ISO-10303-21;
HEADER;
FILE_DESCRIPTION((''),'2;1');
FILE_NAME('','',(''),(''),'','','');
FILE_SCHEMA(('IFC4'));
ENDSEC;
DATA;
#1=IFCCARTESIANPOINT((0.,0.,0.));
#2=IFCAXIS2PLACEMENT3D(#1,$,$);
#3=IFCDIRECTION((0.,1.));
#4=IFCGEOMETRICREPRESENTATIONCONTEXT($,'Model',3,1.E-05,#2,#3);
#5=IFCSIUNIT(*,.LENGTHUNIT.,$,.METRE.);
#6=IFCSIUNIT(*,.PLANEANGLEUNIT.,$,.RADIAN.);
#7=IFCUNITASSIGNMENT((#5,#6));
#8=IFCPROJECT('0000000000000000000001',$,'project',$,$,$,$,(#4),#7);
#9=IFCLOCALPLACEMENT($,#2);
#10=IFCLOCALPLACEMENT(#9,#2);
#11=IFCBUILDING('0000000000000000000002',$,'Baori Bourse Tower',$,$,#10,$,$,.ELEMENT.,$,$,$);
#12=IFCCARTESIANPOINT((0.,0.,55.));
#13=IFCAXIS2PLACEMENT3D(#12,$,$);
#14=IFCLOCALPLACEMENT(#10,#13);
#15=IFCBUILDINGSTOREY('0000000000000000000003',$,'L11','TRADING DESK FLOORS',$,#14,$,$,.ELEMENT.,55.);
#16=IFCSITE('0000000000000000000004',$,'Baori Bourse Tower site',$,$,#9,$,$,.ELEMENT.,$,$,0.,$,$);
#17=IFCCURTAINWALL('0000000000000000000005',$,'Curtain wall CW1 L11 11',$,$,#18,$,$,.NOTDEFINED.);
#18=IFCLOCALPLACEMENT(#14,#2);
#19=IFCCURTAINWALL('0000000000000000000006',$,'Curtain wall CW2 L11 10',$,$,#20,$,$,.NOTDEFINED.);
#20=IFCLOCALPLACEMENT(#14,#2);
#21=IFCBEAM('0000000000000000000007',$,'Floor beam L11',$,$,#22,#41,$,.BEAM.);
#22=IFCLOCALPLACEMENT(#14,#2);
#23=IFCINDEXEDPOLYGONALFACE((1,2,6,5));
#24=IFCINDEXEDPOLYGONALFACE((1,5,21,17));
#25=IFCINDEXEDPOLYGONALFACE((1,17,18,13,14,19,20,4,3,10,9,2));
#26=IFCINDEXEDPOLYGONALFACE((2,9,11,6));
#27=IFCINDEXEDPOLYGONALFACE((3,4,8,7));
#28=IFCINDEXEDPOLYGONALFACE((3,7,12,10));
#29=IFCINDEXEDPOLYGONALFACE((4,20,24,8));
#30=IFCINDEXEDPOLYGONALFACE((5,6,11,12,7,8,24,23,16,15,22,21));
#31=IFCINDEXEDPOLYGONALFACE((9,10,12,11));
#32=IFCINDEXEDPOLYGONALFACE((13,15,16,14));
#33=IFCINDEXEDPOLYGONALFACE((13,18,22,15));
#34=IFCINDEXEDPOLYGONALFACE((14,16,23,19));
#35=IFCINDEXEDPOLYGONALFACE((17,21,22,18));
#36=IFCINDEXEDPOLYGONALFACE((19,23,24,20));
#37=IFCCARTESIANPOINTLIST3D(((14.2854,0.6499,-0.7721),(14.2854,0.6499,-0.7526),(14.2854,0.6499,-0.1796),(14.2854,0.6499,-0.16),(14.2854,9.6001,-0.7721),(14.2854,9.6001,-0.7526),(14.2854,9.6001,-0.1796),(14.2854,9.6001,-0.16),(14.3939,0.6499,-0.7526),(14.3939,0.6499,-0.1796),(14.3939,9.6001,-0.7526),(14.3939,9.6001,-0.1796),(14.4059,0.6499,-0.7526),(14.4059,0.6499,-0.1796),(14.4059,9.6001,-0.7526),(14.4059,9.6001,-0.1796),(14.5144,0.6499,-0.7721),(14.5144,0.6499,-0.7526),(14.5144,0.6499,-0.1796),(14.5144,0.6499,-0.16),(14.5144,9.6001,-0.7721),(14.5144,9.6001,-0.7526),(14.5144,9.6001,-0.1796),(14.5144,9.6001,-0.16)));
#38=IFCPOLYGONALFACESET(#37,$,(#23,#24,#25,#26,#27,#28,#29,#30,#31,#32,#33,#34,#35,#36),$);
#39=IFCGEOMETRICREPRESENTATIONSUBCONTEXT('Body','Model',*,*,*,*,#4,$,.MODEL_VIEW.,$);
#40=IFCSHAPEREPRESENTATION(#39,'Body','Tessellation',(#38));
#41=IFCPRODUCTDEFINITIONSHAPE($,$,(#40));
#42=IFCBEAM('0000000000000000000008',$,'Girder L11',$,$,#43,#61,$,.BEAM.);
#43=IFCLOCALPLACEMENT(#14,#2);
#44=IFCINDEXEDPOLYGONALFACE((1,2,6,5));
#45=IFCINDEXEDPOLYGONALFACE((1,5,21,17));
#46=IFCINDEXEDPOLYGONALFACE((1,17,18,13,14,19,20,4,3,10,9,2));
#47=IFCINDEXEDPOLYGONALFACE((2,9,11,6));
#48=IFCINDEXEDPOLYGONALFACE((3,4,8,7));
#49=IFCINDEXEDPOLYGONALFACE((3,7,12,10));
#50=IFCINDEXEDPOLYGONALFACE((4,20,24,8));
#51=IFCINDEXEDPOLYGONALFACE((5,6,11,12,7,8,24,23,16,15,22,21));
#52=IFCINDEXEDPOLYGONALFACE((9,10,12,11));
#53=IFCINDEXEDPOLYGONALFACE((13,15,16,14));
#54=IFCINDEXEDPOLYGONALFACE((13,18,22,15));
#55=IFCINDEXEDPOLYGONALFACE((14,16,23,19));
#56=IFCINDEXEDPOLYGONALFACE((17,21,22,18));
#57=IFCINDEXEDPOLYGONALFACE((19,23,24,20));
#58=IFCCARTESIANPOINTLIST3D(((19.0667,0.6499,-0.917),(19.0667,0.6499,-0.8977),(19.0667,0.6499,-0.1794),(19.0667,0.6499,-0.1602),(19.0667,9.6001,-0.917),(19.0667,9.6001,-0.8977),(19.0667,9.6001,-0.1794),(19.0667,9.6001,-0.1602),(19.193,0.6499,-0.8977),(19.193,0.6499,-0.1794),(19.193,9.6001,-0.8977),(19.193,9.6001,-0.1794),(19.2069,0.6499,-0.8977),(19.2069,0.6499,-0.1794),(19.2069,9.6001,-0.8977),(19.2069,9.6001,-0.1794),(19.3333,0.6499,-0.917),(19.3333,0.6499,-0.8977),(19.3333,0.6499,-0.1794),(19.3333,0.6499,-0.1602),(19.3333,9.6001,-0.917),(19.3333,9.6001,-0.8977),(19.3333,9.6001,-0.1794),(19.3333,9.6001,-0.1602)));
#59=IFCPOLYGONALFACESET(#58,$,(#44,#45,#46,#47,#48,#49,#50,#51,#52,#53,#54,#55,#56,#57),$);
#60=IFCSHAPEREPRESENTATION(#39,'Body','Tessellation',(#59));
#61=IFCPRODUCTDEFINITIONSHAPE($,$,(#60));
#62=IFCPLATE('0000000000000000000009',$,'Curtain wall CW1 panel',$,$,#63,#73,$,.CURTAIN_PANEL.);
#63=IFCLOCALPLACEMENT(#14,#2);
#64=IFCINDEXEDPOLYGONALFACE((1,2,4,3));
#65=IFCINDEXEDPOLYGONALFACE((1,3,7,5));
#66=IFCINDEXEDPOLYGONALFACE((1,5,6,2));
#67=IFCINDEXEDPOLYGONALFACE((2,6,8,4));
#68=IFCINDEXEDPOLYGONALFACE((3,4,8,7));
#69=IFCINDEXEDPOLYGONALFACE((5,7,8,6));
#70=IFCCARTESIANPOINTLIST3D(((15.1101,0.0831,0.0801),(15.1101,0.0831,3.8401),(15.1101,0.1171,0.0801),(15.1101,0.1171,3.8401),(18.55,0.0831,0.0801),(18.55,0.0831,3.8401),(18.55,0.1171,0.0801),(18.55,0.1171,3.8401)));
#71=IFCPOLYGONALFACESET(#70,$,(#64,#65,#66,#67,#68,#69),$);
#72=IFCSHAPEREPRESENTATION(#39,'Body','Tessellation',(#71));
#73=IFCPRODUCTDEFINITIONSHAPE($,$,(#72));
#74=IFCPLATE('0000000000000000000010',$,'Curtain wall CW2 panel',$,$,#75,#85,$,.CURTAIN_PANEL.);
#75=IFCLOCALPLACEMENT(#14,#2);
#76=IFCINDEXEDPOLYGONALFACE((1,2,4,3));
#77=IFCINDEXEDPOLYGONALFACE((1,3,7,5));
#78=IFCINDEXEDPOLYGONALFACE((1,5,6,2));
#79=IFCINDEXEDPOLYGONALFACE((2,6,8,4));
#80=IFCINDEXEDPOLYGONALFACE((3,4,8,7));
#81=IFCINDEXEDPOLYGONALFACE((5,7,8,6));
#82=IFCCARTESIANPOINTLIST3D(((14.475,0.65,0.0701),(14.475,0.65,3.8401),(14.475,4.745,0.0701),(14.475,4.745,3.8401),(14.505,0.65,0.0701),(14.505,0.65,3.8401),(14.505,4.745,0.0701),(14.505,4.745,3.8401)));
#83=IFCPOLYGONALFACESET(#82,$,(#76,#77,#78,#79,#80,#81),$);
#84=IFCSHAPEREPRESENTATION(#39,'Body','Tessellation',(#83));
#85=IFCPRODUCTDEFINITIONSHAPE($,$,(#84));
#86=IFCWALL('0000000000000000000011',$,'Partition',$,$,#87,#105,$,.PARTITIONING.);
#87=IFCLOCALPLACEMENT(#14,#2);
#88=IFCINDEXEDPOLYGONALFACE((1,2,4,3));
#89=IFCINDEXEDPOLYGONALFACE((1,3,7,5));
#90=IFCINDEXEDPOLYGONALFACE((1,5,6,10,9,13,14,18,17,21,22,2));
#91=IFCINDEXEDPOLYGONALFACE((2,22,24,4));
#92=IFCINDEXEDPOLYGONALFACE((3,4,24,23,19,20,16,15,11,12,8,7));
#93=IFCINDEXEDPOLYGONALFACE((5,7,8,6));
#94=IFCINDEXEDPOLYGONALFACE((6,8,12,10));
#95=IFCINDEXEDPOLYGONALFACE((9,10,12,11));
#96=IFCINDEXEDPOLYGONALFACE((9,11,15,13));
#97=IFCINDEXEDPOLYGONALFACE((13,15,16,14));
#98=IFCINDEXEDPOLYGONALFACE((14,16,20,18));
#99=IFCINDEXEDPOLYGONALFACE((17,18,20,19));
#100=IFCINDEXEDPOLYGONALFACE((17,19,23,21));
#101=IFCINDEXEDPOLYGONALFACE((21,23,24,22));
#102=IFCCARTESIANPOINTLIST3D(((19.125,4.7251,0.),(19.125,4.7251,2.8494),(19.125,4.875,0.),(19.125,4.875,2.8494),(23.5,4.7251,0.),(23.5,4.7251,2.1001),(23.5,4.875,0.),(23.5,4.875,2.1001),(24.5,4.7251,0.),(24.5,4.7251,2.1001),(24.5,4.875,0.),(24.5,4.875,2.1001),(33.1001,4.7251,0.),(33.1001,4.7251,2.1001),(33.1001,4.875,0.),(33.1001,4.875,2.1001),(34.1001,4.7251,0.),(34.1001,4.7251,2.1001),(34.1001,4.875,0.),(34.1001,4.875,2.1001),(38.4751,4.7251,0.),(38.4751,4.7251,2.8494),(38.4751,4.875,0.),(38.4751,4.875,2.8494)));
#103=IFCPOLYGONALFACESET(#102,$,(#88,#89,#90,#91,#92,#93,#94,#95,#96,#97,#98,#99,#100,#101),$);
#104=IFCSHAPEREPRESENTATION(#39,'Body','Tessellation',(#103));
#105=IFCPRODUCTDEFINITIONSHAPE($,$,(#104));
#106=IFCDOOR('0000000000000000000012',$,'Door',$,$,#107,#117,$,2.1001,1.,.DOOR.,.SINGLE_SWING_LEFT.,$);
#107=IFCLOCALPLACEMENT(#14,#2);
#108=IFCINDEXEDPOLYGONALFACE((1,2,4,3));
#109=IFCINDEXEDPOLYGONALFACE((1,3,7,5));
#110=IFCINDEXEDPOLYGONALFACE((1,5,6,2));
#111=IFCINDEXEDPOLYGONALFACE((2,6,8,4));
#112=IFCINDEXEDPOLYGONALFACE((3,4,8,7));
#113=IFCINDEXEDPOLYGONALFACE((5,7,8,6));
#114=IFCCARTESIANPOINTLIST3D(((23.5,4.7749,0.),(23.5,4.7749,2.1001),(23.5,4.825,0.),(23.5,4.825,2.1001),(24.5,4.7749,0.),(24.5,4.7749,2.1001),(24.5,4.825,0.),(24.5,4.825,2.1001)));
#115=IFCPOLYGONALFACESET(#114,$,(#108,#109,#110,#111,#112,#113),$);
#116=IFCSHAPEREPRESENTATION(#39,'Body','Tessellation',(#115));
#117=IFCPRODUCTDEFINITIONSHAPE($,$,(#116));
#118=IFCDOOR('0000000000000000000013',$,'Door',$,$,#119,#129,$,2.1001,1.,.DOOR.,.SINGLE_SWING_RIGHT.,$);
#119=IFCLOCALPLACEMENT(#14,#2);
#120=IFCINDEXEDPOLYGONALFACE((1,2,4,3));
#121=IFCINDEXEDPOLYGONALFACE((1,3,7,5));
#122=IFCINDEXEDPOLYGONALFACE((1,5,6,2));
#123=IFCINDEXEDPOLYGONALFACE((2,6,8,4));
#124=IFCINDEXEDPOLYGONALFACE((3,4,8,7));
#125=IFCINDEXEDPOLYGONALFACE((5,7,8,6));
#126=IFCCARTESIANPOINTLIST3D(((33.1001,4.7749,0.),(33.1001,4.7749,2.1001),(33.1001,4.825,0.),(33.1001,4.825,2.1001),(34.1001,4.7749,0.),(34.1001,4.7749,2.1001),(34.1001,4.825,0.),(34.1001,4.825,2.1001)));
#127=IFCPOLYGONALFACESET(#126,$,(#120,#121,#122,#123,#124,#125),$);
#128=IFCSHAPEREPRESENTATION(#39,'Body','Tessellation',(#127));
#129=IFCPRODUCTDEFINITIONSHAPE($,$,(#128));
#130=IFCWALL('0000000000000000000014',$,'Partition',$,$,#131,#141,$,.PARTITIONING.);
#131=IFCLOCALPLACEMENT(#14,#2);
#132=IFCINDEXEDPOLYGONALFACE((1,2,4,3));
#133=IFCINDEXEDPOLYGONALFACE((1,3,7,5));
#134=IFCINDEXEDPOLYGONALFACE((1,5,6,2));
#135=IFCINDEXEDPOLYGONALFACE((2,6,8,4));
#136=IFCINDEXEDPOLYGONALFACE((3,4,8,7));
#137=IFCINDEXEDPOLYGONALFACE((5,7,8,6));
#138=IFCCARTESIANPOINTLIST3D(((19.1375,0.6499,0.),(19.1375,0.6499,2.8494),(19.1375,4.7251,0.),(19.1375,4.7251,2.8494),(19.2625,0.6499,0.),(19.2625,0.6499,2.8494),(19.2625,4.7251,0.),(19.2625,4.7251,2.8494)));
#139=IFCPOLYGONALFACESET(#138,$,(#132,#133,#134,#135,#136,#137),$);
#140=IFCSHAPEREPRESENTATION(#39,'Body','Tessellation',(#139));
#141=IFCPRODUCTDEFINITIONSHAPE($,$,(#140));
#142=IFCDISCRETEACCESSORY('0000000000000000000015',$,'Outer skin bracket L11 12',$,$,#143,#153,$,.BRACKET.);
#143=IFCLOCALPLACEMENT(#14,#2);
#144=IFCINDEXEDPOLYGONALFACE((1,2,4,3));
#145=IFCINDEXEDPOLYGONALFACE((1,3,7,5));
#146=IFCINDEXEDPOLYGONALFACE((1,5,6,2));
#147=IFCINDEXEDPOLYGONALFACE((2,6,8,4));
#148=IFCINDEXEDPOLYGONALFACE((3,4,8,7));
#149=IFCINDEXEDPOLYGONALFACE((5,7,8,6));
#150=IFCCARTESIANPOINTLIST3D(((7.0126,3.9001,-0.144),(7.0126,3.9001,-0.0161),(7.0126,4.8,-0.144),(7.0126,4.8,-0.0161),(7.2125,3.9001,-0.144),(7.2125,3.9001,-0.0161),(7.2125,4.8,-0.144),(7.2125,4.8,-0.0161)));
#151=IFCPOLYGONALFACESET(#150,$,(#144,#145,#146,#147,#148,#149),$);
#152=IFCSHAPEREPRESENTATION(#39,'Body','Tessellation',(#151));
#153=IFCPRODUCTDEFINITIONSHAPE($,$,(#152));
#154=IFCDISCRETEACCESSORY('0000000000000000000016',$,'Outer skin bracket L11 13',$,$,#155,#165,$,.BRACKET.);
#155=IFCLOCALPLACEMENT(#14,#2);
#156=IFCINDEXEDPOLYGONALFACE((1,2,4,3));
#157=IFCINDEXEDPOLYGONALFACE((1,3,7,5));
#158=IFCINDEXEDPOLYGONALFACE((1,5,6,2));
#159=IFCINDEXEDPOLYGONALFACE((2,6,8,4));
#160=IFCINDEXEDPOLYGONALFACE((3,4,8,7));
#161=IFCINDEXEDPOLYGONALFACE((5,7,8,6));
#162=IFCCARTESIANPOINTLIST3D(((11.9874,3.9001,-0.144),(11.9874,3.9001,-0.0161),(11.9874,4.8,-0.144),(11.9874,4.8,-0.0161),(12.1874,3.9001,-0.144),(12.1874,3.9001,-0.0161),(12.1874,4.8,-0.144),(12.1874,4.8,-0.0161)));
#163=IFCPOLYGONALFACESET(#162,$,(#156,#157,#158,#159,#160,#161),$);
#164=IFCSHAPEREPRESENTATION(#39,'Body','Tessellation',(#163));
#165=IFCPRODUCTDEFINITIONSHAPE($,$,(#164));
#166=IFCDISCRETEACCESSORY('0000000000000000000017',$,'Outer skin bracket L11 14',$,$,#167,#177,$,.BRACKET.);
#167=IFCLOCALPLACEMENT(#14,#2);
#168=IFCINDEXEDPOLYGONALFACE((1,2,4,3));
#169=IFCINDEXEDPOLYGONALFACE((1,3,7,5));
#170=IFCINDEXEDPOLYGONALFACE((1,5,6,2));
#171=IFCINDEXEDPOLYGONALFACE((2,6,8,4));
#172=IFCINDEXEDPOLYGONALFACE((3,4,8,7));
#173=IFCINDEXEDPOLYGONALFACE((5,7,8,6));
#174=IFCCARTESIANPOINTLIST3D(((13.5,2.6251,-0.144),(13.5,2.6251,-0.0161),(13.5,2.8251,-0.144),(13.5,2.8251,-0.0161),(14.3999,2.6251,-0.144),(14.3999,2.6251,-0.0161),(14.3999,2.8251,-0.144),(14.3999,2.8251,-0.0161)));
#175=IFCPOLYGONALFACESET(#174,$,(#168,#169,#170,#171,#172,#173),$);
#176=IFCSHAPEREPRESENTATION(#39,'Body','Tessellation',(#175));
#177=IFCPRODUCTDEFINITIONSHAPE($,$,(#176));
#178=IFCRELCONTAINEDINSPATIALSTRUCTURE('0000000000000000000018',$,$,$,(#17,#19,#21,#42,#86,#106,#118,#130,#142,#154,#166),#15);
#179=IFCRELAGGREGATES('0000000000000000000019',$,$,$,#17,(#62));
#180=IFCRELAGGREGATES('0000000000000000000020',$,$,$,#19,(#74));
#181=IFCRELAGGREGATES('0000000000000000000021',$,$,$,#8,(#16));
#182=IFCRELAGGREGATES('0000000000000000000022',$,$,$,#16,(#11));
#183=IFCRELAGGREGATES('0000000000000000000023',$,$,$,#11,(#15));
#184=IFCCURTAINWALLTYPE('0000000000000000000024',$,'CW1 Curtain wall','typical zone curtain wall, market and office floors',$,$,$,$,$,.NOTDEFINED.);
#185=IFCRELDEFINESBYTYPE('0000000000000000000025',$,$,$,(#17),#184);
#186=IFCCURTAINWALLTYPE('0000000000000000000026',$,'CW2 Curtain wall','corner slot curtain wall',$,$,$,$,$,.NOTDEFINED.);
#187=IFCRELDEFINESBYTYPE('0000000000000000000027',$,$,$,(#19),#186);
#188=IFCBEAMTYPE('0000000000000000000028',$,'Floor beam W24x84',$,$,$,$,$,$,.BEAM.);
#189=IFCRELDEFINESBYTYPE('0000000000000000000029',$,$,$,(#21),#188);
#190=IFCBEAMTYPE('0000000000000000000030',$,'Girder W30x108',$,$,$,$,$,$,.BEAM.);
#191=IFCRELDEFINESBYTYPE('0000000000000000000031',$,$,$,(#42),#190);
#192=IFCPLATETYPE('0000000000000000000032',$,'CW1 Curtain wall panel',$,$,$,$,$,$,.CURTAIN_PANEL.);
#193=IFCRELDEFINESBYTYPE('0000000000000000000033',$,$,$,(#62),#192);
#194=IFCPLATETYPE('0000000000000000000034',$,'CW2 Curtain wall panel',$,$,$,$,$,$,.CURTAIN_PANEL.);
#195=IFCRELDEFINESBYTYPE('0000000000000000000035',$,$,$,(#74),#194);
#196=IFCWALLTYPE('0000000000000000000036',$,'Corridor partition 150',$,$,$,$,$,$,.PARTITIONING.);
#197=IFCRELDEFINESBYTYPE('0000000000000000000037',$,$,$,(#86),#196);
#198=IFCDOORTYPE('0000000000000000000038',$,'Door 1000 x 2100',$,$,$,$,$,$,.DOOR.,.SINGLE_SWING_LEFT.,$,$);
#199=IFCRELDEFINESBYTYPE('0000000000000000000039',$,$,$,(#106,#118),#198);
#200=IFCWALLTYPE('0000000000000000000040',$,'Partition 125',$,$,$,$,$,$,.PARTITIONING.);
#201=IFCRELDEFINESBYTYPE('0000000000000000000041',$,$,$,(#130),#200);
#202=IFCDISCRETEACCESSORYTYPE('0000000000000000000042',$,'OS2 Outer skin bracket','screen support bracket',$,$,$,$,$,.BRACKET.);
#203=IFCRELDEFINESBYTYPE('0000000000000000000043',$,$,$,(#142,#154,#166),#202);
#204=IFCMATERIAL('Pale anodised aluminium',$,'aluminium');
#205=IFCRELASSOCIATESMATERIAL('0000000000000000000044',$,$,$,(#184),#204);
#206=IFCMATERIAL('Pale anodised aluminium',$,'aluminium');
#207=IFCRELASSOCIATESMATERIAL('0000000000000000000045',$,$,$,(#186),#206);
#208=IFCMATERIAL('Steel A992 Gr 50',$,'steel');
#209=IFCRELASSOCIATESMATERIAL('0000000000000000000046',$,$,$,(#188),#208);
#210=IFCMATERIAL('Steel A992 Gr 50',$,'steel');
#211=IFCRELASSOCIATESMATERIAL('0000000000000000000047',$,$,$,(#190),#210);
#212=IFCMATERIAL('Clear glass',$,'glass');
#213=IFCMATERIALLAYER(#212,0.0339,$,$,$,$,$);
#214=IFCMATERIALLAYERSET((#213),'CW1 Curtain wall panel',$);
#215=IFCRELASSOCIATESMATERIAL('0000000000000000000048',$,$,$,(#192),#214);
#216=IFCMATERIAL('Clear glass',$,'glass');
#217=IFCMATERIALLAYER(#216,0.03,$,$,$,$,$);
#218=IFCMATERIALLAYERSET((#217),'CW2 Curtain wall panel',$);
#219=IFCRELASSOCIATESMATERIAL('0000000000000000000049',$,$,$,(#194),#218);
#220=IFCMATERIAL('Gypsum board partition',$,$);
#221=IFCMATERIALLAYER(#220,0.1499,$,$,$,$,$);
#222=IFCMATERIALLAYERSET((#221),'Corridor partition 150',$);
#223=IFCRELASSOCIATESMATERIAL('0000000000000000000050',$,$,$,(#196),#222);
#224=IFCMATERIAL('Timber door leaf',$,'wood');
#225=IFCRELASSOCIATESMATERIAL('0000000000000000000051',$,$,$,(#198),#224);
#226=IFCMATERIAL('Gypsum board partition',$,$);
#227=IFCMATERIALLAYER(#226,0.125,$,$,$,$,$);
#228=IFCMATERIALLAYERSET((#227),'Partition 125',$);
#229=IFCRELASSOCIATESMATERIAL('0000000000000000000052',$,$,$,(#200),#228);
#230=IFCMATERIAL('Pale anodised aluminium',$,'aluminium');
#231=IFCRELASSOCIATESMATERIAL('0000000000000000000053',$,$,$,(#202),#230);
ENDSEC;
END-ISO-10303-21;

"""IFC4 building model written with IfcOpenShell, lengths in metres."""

from ifc_helpers import new_model, si_unit, direction, frame, frame_2d, origin, origin_2d, place, context, subcontext, project, spatial, rectangle, i_section, extrude, material, layer, layer_set, material_profile, profile_set, type_object, element, fill, aggregate, save


model = new_model("IFC4")

# Units and contexts
model_context = context("Model", 3, precision=1e-05, world=origin(), true_north=direction((0.0, 1.0)))
body_context = subcontext(model_context, "Body", "Model", "MODEL_VIEW")
ifc_project = project(units=[si_unit("LENGTHUNIT", "METRE"), si_unit("PLANEANGLEUNIT", "RADIAN")], contexts=[model_context])

# Site, building, storey
site_placement = place(None, origin())
site = spatial("IfcSite", under=ifc_project, at=site_placement, Name="Baori Bourse Tower site", CompositionType="ELEMENT", RefElevation=0.0)
building_placement = place(site_placement, origin())
building = spatial("IfcBuilding", under=site, at=building_placement, Name="Baori Bourse Tower", CompositionType="ELEMENT")
storey_placement = place(building_placement, frame((0.0, 0.0, 55.0)))
storey = spatial("IfcBuildingStorey", under=building, at=storey_placement, Name="L11", Description="TRADING DESK FLOORS", CompositionType="ELEMENT", Elevation=55.0)

# Curtain walls
ifc_material_1 = material(Name="Pale anodised aluminium", Category="aluminium")
curtain_wall_type_1 = type_object("IfcCurtainWallType", Name="CW1 Curtain wall", Description="typical zone curtain wall, market and office floors", PredefinedType="NOTDEFINED", material=ifc_material_1)
curtain_wall_1_placement = place(storey_placement, origin())
curtain_wall_1 = element("IfcCurtainWall", 1, at=curtain_wall_1_placement, inside=storey, type_object=curtain_wall_type_1, Name="Curtain wall CW1 L11 11", PredefinedType="NOTDEFINED")
ifc_material_2 = material(Name="Pale anodised aluminium", Category="aluminium")
curtain_wall_type_2 = type_object("IfcCurtainWallType", Name="CW2 Curtain wall", Description="corner slot curtain wall", PredefinedType="NOTDEFINED", material=ifc_material_2)
curtain_wall_2_placement = place(storey_placement, origin())
curtain_wall_2 = element("IfcCurtainWall", 2, at=curtain_wall_2_placement, inside=storey, type_object=curtain_wall_type_2, Name="Curtain wall CW2 L11 10", PredefinedType="NOTDEFINED")

# Beams
ifc_material_3 = material(Name="Steel A992 Gr 50", Category="steel")
ifc_material_profile_1 = material_profile(ifc_material_3, i_section(OverallWidth=0.229, OverallDepth=0.6121, WebThickness=0.012, FlangeThickness=0.0195, at=origin_2d()), Name="W24x84")
ifc_profile_set_1 = profile_set([ifc_material_profile_1], Name="Steel A992 Gr 50")
beam_type_1 = type_object("IfcBeamType", Name="Floor beam W24x84", PredefinedType="BEAM", material=ifc_profile_set_1)
beam_1_placement = place(storey_placement, frame((14.3999, 0.6499, -0.4661), z_axis=(0.0, 1.0, 0.0), x_axis=(-1.0, 0.0, 0.0)))
element("IfcBeam", 3, at=beam_1_placement, inside=storey, type_object=beam_type_1, Name="Floor beam L11", PredefinedType="BEAM", context=body_context, shape_type="SweptSolid", body=[
    extrude(i_section(OverallWidth=0.229, OverallDepth=0.6121, WebThickness=0.012, FlangeThickness=0.0195, at=origin_2d()), origin(), (0.0, 0.0, 1.0), 8.9502),
])
ifc_material_4 = material(Name="Steel A992 Gr 50", Category="steel")
ifc_material_profile_2 = material_profile(ifc_material_4, i_section(OverallWidth=0.2666, OverallDepth=0.7568, WebThickness=0.0139, FlangeThickness=0.0193, at=origin_2d()), Name="W30x108")
ifc_profile_set_2 = profile_set([ifc_material_profile_2], Name="Steel A992 Gr 50")
beam_type_2 = type_object("IfcBeamType", Name="Girder W30x108", PredefinedType="BEAM", material=ifc_profile_set_2)
beam_2_placement = place(storey_placement, frame((19.2, 0.6499, -0.5386), z_axis=(0.0, 1.0, 0.0), x_axis=(-1.0, 0.0, 0.0)))
element("IfcBeam", 4, at=beam_2_placement, inside=storey, type_object=beam_type_2, Name="Girder L11", PredefinedType="BEAM", context=body_context, shape_type="SweptSolid", body=[
    extrude(i_section(OverallWidth=0.2666, OverallDepth=0.7568, WebThickness=0.0139, FlangeThickness=0.0193, at=origin_2d()), origin(), (0.0, 0.0, 1.0), 8.9502),
])

# Plates
ifc_material_5 = material(Name="Clear glass", Category="glass")
ifc_layer_1 = layer(ifc_material_5, 0.0339)
ifc_layer_set_1 = layer_set([ifc_layer_1], Name="CW1 Curtain wall panel")
plate_type_1 = type_object("IfcPlateType", Name="CW1 Curtain wall panel", PredefinedType="CURTAIN_PANEL", material=ifc_layer_set_1)
plate_1_placement = place(storey_placement, frame((16.8301, 0.1001, 0.0801), z_axis=(0.0, 0.0, 1.0), x_axis=(1.0, 0.0, 0.0)))
plate_1 = element("IfcPlate", 5, at=plate_1_placement, type_object=plate_type_1, Name="Curtain wall CW1 panel", PredefinedType="CURTAIN_PANEL", context=body_context, shape_type="SweptSolid", body=[
    extrude(rectangle(XDim=3.4399, YDim=0.0339, at=origin_2d()), origin(), (0.0, 0.0, 1.0), 3.76),
])
aggregate(curtain_wall_1, [plate_1])
ifc_material_6 = material(Name="Clear glass", Category="glass")
ifc_layer_2 = layer(ifc_material_6, 0.03)
ifc_layer_set_2 = layer_set([ifc_layer_2], Name="CW2 Curtain wall panel")
plate_type_2 = type_object("IfcPlateType", Name="CW2 Curtain wall panel", PredefinedType="CURTAIN_PANEL", material=ifc_layer_set_2)
plate_2_placement = place(storey_placement, frame((14.49, 2.6975, 0.0701), z_axis=(0.0, 0.0, 1.0), x_axis=(0.0, -1.0, 0.0)))
plate_2 = element("IfcPlate", 6, at=plate_2_placement, type_object=plate_type_2, Name="Curtain wall CW2 panel", PredefinedType="CURTAIN_PANEL", context=body_context, shape_type="SweptSolid", body=[
    extrude(rectangle(XDim=4.095, YDim=0.03, at=origin_2d()), origin(), (0.0, 0.0, 1.0), 3.77),
])
aggregate(curtain_wall_2, [plate_2])

# Wall, openings, doors
ifc_material_7 = material(Name="Gypsum board partition")
ifc_layer_3 = layer(ifc_material_7, 0.1499)
ifc_layer_set_3 = layer_set([ifc_layer_3], Name="Corridor partition 150")
wall_type_1 = type_object("IfcWallType", Name="Corridor partition 150", PredefinedType="PARTITIONING", material=ifc_layer_set_3)
wall_1_placement = place(storey_placement, frame((19.125, 4.8, 0.0), z_axis=(0.0, 0.0, 1.0), x_axis=(1.0, 0.0, 0.0)))
wall_1 = element("IfcWall", 7, at=wall_1_placement, inside=storey, type_object=wall_type_1, Name="Partition", PredefinedType="PARTITIONING", context=body_context, shape_type="SweptSolid", body=[
    extrude(rectangle(XDim=19.3501, YDim=0.1499, at=frame_2d((9.675, 0.0))), origin(), (0.0, 0.0, 1.0), 2.8494),
])
opening_1_placement = place(wall_1_placement, frame((4.375, 0.0, 0.0)))
opening_1 = element("IfcOpeningElement", 8, at=opening_1_placement, cuts=wall_1, PredefinedType="OPENING", context=body_context, shape_type="SweptSolid", body=[
    extrude(rectangle(XDim=1.0, YDim=2.1001, at=frame_2d((0.5, 1.05))), frame((0.0, 0.085, 0.0), z_axis=(0.0, -1.0, 0.0), x_axis=(1.0, 0.0, 0.0)), (0.0, 0.0, 1.0), 0.1699),
])
opening_2_placement = place(wall_1_placement, frame((13.9751, 0.0, 0.0)))
opening_2 = element("IfcOpeningElement", 9, at=opening_2_placement, cuts=wall_1, PredefinedType="OPENING", context=body_context, shape_type="SweptSolid", body=[
    extrude(rectangle(XDim=1.0, YDim=2.1001, at=frame_2d((0.5, 1.05))), frame((0.0, 0.085, 0.0), z_axis=(0.0, -1.0, 0.0), x_axis=(1.0, 0.0, 0.0)), (0.0, 0.0, 1.0), 0.1699),
])
ifc_material_8 = material(Name="Timber door leaf", Category="wood")
door_type = type_object("IfcDoorType", Name="Door 1000 x 2100", OperationType="SINGLE_SWING_LEFT", PredefinedType="DOOR", material=ifc_material_8)
door_1_placement = place(opening_1_placement, origin())
door_1 = element("IfcDoor", 10, at=door_1_placement, inside=storey, type_object=door_type, Name="Door", OperationType="SINGLE_SWING_LEFT", OverallHeight=2.1001, OverallWidth=1.0, PredefinedType="DOOR", context=body_context, shape_type="SweptSolid", body=[
    extrude(rectangle(XDim=1.0, YDim=2.1001, at=frame_2d((0.5, 1.05))), frame((0.0, 0.0249, 0.0), z_axis=(0.0, -1.0, 0.0), x_axis=(1.0, 0.0, 0.0)), (0.0, 0.0, 1.0), 0.05),
])
fill(opening_1, door_1)
door_2_placement = place(opening_2_placement, origin())
door_2 = element("IfcDoor", 11, at=door_2_placement, inside=storey, type_object=door_type, Name="Door", OperationType="SINGLE_SWING_RIGHT", OverallHeight=2.1001, OverallWidth=1.0, PredefinedType="DOOR", context=body_context, shape_type="SweptSolid", body=[
    extrude(rectangle(XDim=1.0, YDim=2.1001, at=frame_2d((0.5, 1.05))), frame((0.0, 0.0249, 0.0), z_axis=(0.0, -1.0, 0.0), x_axis=(1.0, 0.0, 0.0)), (0.0, 0.0, 1.0), 0.05),
])
fill(opening_2, door_2)

# Wall
ifc_material_9 = material(Name="Gypsum board partition")
ifc_layer_4 = layer(ifc_material_9, 0.125)
ifc_layer_set_4 = layer_set([ifc_layer_4], Name="Partition 125")
wall_type_2 = type_object("IfcWallType", Name="Partition 125", PredefinedType="PARTITIONING", material=ifc_layer_set_4)
wall_2_placement = place(storey_placement, frame((19.2, 0.6499, 0.0), z_axis=(0.0, 0.0, 1.0), x_axis=(0.0, 1.0, 0.0)))
element("IfcWall", 12, at=wall_2_placement, inside=storey, type_object=wall_type_2, Name="Partition", PredefinedType="PARTITIONING", context=body_context, shape_type="SweptSolid", body=[
    extrude(rectangle(XDim=4.0752, YDim=0.125, at=frame_2d((2.0376, 0.0))), origin(), (0.0, 0.0, 1.0), 2.8494),
])

# Discrete accessories
ifc_material_10 = material(Name="Pale anodised aluminium", Category="aluminium")
discrete_accessory_type = type_object("IfcDiscreteAccessoryType", Name="OS2 Outer skin bracket", Description="screen support bracket", PredefinedType="BRACKET", material=ifc_material_10)
for number, where, z_axis, x_axis, name in (
    (13, (7.1125, 4.3501, -0.144), (0.0, 0.0, 1.0), (1.0, 0.0, 0.0), "Outer skin bracket L11 12"),
    (14, (12.0874, 4.3501, -0.144), (0.0, 0.0, 1.0), (1.0, 0.0, 0.0), "Outer skin bracket L11 13"),
    (15, (13.95, 2.7251, -0.144), (0.0, 0.0, 1.0), (0.0, -1.0, 0.0), "Outer skin bracket L11 14"),
):
    element("IfcDiscreteAccessory", number, at=place(storey_placement, frame(where, z_axis=z_axis, x_axis=x_axis)), inside=storey, type_object=discrete_accessory_type, Name=name, PredefinedType="BRACKET", context=body_context, shape_type="SweptSolid", body=[
        extrude(rectangle(XDim=0.2, YDim=0.8999, at=origin_2d()), origin(), (0.0, 0.0, 1.0), 0.1279),
    ])

save(model, "model.ifc")
